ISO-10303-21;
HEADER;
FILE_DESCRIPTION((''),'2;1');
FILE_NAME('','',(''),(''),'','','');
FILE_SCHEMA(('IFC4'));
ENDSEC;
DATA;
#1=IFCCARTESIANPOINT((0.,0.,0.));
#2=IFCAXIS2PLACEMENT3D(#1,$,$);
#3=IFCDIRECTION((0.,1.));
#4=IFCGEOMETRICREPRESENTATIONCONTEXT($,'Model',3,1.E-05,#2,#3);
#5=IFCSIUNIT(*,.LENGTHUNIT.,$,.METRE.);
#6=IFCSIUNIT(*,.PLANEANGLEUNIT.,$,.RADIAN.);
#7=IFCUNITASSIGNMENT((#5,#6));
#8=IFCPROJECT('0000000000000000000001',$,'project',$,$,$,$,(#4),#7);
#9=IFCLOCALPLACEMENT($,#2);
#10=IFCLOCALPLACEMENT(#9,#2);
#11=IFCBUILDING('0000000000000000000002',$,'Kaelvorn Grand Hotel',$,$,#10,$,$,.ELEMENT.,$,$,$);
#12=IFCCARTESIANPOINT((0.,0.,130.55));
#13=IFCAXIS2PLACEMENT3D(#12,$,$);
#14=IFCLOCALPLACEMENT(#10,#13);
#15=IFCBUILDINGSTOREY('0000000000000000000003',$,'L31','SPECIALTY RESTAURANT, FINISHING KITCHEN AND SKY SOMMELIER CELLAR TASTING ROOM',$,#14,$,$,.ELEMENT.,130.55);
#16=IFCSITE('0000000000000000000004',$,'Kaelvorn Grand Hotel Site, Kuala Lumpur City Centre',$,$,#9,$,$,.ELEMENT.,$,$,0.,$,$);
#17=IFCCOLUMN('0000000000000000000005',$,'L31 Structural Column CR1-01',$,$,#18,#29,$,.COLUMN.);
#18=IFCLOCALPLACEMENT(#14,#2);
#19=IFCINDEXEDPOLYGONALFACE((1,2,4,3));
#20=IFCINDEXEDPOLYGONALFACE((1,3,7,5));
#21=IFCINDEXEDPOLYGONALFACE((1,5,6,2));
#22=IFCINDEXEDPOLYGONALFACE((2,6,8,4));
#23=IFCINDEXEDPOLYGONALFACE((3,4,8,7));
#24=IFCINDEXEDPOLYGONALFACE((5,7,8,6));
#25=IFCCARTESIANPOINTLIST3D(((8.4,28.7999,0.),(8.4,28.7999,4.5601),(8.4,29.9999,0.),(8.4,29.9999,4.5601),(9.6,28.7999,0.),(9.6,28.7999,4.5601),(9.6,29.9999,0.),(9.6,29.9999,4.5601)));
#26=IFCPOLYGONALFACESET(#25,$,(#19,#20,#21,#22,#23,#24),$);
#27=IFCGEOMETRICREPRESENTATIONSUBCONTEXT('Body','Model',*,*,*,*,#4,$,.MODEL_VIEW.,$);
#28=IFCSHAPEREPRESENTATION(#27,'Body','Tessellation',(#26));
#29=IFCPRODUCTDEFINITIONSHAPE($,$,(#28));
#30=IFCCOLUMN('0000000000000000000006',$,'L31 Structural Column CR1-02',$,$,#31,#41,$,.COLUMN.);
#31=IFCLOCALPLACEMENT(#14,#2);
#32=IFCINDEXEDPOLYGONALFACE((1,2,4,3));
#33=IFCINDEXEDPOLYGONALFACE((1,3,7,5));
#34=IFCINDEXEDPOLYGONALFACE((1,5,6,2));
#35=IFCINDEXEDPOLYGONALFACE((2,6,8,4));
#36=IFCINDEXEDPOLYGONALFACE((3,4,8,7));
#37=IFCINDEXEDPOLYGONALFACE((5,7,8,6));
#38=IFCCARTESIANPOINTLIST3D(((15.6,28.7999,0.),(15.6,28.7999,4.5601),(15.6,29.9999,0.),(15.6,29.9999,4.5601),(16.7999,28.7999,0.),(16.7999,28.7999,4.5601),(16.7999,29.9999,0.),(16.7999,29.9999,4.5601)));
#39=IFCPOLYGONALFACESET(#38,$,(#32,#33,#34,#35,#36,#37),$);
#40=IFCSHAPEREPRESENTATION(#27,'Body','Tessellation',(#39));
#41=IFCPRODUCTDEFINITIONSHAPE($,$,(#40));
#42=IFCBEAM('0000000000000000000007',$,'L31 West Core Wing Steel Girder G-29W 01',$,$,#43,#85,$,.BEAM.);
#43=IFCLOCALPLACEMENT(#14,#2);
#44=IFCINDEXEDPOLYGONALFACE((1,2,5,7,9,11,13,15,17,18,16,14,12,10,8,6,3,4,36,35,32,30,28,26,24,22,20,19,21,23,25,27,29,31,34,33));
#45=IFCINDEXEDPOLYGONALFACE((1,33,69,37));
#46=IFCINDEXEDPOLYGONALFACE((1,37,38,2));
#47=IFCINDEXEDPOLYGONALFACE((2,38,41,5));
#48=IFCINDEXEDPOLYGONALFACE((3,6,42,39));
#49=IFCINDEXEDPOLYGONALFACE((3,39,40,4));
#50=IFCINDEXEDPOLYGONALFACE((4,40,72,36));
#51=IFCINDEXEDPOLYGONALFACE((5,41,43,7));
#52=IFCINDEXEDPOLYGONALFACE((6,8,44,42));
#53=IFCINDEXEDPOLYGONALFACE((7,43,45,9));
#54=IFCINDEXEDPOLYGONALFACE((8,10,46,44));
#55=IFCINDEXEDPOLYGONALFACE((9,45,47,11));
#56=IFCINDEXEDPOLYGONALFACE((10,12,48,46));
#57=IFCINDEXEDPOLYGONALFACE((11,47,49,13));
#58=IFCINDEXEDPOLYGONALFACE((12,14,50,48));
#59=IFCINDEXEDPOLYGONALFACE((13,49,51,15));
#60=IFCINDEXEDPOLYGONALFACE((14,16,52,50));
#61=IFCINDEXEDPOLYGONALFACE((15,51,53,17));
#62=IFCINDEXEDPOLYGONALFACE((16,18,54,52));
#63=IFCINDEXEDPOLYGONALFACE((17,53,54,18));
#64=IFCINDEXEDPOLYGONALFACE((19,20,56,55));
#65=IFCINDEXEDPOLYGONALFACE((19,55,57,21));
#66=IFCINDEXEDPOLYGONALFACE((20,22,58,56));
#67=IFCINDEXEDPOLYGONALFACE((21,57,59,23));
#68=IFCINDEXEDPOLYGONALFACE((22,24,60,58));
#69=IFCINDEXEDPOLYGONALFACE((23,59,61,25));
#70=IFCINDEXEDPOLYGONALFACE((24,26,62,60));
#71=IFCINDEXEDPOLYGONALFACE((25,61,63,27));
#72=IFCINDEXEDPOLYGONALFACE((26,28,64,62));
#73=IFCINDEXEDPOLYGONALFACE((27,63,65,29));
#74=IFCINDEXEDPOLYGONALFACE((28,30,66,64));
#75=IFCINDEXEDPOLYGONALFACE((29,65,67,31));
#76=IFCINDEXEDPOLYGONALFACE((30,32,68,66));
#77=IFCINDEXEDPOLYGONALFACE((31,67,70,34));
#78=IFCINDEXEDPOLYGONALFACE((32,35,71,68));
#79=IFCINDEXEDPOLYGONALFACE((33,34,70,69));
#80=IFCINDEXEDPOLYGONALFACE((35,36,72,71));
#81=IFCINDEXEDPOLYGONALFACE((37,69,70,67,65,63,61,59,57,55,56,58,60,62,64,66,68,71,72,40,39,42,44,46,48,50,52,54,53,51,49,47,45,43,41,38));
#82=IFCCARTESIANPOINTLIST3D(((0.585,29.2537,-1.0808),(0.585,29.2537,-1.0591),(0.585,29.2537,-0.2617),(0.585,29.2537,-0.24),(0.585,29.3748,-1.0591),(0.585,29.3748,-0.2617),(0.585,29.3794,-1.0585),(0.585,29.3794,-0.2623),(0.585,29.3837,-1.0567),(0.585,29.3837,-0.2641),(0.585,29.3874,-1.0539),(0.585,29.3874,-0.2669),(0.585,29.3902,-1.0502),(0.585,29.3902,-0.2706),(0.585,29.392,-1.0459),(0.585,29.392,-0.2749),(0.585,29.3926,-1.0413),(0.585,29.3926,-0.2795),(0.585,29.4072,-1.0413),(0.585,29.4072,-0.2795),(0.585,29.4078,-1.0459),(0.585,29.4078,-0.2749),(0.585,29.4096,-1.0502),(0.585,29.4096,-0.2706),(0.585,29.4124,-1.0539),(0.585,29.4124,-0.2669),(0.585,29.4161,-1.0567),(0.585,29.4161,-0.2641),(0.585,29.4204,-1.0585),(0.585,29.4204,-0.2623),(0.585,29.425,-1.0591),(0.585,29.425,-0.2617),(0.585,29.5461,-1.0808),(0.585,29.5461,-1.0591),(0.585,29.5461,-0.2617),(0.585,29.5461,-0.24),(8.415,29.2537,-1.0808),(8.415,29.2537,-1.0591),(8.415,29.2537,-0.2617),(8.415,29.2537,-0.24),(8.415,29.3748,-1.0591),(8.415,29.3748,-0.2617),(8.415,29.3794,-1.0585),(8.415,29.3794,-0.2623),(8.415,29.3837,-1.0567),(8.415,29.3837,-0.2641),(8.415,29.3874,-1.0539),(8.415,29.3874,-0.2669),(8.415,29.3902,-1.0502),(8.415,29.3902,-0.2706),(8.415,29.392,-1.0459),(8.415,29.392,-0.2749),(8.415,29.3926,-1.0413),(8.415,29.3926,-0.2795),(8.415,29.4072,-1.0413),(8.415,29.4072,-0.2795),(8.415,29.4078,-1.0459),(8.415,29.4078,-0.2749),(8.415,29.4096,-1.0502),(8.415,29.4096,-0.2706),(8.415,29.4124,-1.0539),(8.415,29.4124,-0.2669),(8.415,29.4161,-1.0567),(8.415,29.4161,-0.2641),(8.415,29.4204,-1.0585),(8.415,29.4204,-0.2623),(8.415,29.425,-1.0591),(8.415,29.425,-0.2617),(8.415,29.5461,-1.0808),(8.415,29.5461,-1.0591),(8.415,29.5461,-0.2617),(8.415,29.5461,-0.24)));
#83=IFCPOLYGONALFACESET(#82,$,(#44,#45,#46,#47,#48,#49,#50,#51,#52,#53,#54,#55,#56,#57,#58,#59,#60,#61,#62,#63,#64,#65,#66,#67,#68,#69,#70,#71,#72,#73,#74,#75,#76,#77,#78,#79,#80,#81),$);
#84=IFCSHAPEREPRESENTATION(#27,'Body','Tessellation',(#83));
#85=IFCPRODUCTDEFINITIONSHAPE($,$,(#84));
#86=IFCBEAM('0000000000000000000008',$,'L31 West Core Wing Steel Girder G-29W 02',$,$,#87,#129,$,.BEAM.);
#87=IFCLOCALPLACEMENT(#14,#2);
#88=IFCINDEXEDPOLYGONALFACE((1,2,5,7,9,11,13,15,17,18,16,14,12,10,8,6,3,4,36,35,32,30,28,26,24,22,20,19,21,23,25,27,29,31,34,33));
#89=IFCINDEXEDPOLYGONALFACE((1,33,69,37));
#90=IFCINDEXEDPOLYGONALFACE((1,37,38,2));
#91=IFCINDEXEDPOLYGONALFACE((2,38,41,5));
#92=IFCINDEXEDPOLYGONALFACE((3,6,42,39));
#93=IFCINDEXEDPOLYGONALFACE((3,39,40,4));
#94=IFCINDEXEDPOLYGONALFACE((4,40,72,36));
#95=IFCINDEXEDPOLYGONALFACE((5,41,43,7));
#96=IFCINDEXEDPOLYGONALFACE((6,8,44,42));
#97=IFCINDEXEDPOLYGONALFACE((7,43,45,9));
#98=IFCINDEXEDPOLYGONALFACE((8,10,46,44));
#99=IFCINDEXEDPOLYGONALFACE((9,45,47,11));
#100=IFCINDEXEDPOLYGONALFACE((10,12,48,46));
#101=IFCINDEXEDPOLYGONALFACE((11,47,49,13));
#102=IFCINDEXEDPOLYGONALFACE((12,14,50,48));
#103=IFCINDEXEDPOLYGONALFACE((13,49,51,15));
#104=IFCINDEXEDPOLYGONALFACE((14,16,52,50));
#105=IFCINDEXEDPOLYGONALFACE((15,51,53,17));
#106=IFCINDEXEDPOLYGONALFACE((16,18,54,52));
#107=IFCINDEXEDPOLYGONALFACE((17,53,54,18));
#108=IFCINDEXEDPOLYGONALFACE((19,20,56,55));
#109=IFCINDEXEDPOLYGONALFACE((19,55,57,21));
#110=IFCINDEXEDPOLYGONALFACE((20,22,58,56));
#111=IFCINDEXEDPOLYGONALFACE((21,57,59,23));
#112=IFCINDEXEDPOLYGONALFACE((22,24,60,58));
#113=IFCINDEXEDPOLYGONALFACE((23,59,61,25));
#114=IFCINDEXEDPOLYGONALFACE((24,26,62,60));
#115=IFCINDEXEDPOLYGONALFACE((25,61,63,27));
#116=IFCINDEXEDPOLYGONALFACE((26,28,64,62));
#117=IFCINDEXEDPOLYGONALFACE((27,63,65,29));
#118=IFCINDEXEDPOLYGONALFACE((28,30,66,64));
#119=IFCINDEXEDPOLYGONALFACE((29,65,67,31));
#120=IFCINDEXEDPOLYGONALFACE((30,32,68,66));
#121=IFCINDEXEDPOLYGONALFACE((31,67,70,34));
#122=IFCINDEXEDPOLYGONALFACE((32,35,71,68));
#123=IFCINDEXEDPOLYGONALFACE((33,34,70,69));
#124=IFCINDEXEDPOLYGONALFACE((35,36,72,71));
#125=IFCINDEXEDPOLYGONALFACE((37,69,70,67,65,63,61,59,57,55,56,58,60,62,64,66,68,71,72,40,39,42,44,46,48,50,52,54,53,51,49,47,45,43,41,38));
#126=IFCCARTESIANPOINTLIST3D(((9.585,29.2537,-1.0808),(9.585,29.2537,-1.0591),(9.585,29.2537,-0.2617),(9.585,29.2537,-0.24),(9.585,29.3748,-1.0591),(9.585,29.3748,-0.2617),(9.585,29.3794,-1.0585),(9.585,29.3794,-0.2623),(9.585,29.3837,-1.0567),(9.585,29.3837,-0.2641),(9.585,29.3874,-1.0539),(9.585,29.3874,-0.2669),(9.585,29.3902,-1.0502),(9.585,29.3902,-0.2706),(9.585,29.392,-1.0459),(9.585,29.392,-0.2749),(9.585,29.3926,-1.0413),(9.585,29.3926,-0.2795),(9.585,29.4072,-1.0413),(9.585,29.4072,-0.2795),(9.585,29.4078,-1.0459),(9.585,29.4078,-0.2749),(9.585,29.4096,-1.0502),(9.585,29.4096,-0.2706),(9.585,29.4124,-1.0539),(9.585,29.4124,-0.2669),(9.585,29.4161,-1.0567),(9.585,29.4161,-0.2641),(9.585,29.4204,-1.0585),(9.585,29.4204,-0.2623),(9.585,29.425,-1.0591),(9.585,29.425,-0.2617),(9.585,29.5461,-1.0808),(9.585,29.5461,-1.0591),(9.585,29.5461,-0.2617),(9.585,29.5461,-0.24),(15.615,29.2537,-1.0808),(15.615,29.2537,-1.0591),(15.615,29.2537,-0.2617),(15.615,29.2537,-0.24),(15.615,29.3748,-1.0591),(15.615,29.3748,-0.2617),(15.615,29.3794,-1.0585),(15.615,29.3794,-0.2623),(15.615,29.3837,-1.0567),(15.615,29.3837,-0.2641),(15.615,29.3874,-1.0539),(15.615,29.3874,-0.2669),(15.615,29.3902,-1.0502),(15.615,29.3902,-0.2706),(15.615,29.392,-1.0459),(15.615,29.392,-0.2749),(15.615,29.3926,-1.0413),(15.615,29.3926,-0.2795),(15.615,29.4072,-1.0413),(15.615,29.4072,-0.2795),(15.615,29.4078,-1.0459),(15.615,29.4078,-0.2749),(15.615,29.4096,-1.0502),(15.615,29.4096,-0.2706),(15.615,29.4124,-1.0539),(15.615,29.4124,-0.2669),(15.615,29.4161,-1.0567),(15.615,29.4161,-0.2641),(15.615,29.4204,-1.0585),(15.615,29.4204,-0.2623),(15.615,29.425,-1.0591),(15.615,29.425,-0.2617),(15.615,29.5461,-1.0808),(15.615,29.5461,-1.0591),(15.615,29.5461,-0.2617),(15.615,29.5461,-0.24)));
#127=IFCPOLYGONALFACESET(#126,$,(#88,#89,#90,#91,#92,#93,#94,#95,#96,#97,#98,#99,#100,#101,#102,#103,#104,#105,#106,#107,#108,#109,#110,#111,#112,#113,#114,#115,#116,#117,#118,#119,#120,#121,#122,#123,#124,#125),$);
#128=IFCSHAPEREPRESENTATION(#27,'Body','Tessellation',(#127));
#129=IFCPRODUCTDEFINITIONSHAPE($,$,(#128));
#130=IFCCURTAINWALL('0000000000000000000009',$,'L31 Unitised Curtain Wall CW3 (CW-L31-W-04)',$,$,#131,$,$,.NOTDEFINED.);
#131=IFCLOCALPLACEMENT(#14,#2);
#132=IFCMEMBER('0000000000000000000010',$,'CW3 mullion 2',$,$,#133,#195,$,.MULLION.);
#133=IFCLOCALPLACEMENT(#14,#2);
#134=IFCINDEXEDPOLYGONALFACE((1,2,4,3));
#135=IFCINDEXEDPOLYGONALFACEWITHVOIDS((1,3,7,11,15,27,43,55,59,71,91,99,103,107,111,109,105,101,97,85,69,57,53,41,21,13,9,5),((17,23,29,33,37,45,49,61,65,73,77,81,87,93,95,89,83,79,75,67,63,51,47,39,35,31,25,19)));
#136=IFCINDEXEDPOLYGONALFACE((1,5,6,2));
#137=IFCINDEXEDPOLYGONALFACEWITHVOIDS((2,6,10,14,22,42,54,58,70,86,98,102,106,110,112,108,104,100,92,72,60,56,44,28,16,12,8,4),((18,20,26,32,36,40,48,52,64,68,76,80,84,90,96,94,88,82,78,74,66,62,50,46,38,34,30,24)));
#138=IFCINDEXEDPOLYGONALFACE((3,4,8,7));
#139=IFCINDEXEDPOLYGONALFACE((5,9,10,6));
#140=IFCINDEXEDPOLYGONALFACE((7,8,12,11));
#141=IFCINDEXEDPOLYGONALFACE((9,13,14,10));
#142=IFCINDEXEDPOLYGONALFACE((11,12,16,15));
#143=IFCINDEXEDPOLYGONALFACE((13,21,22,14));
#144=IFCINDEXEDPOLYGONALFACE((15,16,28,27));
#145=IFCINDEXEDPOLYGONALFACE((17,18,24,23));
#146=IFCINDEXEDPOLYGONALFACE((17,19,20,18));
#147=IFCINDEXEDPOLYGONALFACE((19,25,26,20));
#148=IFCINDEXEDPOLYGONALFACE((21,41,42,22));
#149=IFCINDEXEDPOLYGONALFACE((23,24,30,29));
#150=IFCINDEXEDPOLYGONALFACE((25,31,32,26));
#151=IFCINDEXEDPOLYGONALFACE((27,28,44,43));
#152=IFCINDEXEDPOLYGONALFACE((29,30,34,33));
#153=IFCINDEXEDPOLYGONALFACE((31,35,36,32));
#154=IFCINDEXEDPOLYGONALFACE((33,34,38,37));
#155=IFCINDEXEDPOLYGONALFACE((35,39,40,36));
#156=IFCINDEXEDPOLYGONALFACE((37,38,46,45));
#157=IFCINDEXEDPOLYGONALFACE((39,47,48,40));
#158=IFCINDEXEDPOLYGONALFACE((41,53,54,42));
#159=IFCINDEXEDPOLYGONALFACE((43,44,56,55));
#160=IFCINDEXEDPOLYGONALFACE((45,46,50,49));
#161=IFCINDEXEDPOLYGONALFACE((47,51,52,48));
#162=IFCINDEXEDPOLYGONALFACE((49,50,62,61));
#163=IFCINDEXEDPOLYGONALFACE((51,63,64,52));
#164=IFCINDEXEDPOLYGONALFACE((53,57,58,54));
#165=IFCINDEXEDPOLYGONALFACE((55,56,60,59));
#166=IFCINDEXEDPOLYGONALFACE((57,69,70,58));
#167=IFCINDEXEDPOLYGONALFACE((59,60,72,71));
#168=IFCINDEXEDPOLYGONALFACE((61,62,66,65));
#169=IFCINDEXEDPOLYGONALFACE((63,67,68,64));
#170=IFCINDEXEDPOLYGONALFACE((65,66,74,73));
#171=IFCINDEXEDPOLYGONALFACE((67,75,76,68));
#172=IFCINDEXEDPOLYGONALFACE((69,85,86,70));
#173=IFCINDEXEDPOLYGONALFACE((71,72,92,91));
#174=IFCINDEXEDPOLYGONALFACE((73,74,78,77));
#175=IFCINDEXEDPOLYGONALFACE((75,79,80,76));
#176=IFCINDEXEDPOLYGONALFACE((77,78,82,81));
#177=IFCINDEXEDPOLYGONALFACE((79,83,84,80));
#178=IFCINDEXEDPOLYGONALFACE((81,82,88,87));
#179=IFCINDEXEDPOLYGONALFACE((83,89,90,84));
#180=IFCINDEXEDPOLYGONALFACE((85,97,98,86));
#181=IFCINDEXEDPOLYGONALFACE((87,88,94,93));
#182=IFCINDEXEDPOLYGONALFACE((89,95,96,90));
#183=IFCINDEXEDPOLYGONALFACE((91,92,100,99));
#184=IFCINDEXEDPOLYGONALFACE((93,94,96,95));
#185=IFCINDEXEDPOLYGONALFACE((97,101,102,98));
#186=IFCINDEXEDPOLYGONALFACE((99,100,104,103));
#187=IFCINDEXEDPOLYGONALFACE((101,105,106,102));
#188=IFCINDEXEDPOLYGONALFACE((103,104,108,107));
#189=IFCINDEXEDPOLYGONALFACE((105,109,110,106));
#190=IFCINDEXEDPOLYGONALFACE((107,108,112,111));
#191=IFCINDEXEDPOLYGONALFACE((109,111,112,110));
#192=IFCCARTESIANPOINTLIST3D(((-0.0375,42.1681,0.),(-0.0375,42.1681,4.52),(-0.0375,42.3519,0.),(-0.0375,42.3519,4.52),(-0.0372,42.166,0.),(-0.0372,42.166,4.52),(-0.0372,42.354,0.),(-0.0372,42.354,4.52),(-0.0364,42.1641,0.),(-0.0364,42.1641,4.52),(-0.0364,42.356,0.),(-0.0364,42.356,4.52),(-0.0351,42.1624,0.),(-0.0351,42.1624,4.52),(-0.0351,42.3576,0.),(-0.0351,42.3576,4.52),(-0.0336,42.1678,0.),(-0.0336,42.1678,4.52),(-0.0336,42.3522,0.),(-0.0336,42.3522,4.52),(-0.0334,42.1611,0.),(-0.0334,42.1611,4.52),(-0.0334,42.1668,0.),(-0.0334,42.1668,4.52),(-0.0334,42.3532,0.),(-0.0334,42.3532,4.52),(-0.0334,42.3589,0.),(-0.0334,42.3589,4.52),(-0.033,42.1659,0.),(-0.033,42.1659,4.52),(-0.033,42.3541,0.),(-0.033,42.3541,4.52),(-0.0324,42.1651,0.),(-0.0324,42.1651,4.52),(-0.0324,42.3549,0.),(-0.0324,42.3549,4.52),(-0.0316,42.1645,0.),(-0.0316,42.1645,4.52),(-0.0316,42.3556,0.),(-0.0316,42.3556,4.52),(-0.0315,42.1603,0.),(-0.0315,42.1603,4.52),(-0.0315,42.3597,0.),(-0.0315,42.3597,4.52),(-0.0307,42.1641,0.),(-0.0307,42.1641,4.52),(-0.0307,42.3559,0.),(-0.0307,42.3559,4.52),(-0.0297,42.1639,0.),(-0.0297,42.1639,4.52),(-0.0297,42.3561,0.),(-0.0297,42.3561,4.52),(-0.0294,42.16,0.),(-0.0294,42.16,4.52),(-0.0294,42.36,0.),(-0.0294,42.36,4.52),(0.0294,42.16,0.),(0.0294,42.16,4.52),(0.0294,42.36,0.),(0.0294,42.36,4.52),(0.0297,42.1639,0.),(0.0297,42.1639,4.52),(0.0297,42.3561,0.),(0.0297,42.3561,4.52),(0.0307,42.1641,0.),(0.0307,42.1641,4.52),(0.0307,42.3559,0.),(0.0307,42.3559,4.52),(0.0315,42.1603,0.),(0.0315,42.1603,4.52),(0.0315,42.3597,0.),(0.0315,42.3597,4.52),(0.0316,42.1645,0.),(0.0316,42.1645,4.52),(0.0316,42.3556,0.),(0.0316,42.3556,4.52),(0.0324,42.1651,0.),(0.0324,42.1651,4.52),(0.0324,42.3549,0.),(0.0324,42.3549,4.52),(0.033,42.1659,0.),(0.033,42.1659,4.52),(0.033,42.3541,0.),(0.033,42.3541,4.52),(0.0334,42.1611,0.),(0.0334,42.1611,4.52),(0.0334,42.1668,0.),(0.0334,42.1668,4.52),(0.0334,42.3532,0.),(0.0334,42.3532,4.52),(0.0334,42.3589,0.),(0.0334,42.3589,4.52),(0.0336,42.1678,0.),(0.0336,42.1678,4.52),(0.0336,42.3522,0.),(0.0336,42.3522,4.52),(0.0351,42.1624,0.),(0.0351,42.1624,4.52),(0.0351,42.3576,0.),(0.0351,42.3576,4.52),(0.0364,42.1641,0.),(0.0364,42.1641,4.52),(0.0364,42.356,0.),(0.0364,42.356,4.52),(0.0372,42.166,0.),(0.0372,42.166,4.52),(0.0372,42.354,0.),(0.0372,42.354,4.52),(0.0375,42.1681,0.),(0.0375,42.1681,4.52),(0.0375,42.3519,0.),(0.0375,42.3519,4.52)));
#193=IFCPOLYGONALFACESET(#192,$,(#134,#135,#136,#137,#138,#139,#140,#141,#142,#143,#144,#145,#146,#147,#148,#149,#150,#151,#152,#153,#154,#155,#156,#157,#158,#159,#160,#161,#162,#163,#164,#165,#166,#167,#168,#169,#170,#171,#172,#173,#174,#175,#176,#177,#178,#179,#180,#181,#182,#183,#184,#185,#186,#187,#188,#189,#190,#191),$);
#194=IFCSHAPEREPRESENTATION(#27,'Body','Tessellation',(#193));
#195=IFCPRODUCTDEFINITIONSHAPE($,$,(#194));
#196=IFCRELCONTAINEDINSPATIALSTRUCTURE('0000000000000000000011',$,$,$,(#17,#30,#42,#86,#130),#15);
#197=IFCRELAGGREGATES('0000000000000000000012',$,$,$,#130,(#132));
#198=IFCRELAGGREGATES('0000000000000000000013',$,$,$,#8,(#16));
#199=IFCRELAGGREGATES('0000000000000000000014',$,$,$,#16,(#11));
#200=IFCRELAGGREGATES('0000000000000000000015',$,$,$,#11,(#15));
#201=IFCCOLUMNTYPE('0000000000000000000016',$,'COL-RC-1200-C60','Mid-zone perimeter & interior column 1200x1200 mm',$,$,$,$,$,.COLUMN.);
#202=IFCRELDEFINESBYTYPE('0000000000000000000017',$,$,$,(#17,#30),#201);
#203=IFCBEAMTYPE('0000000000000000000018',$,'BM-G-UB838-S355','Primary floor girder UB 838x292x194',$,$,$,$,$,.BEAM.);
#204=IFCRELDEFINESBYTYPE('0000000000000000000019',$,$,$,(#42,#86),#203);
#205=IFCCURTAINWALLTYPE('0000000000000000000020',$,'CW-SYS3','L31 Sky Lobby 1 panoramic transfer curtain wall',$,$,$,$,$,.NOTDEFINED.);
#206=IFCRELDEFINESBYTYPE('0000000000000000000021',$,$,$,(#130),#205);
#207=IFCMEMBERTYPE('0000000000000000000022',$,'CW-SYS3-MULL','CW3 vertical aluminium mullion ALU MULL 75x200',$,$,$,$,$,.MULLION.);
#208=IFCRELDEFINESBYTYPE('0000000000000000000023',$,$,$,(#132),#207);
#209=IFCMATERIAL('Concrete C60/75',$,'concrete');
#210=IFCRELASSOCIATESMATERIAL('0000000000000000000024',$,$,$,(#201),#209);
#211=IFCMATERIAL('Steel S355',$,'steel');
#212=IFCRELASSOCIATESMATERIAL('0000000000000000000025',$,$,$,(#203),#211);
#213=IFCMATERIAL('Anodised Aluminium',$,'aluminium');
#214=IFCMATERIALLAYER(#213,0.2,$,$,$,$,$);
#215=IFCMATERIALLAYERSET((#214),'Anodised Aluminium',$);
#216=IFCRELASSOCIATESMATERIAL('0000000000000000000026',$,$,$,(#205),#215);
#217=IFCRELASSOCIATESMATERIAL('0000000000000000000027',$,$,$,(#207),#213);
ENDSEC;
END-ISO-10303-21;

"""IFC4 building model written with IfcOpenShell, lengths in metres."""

from ifc_helpers import new_model, si_unit, direction, frame, origin, origin_2d, place, context, subcontext, project, spatial, rectangle, hollow_rectangle, i_section, extrude, material, layer, layer_set, material_profile, profile_set, type_object, element, aggregate, save


model = new_model("IFC4")

# Units and contexts
model_context = context("Model", 3, precision=1e-05, world=origin(), true_north=direction((0.0, 1.0)))
body_context = subcontext(model_context, "Body", "Model", "MODEL_VIEW")
ifc_project = project(units=[si_unit("LENGTHUNIT", "METRE"), si_unit("PLANEANGLEUNIT", "RADIAN")], contexts=[model_context])

# Site, building, storey
site_placement = place(None, origin())
site = spatial("IfcSite", under=ifc_project, at=site_placement, Name="Kaelvorn Grand Hotel Site, Kuala Lumpur City Centre", CompositionType="ELEMENT", RefElevation=0.0)
building_placement = place(site_placement, origin())
building = spatial("IfcBuilding", under=site, at=building_placement, Name="Kaelvorn Grand Hotel", CompositionType="ELEMENT")
storey_placement = place(building_placement, frame((0.0, 0.0, 130.55)))
storey = spatial("IfcBuildingStorey", under=building, at=storey_placement, Name="L31", Description="SPECIALTY RESTAURANT, FINISHING KITCHEN AND SKY SOMMELIER CELLAR TASTING ROOM", CompositionType="ELEMENT", Elevation=130.55)

# Columns
ifc_material_1 = material(Name="Concrete C60/75", Category="concrete")
ifc_material_profile_1 = material_profile(ifc_material_1, rectangle(XDim=1.2, YDim=1.2, at=origin_2d()), Name="RC COL 1200x1200")
ifc_profile_set_1 = profile_set([ifc_material_profile_1], Name="Concrete C60/75")
column_type = type_object("IfcColumnType", Name="COL-RC-1200-C60", Description="Mid-zone perimeter & interior column 1200x1200 mm", PredefinedType="COLUMN", material=ifc_profile_set_1)
for number, where, z_axis, x_axis, name in (
    (1, (9.0, 29.3999, 0.0), (0.0, 0.0, 1.0), (1.0, 0.0, 0.0), "L31 Structural Column CR1-01"),
    (2, (16.2, 29.3999, 0.0), (0.0, 0.0, 1.0), (1.0, 0.0, 0.0), "L31 Structural Column CR1-02"),
):
    element("IfcColumn", number, at=place(storey_placement, frame(where, z_axis=z_axis, x_axis=x_axis)), inside=storey, type_object=column_type, Name=name, PredefinedType="COLUMN", context=body_context, shape_type="SweptSolid", body=[
        extrude(rectangle(XDim=1.2, YDim=1.2, at=origin_2d()), origin(), (0.0, 0.0, 1.0), 4.5601),
    ])

# Beams
ifc_material_2 = material(Name="Steel S355", Category="steel")
ifc_material_profile_2 = material_profile(ifc_material_2, i_section(OverallWidth=0.2925, OverallDepth=0.8408, WebThickness=0.0146, FlangeThickness=0.0217, FilletRadius=0.0178, at=origin_2d()), Name="UB 838x292x194")
ifc_profile_set_2 = profile_set([ifc_material_profile_2], Name="Steel S355")
beam_type = type_object("IfcBeamType", Name="BM-G-UB838-S355", Description="Primary floor girder UB 838x292x194", PredefinedType="BEAM", material=ifc_profile_set_2)
beam_1_placement = place(storey_placement, frame((0.585, 29.3999, -0.6604), z_axis=(1.0, 0.0, 0.0), x_axis=(0.0, 1.0, 0.0)))
element("IfcBeam", 3, at=beam_1_placement, inside=storey, type_object=beam_type, Name="L31 West Core Wing Steel Girder G-29W 01", PredefinedType="BEAM", context=body_context, shape_type="SweptSolid", body=[
    extrude(i_section(OverallWidth=0.2925, OverallDepth=0.8408, WebThickness=0.0146, FlangeThickness=0.0217, FilletRadius=0.0178, at=origin_2d()), origin(), (0.0, 0.0, 1.0), 7.8301),
])
beam_2_placement = place(storey_placement, frame((9.585, 29.3999, -0.6604), z_axis=(1.0, 0.0, 0.0), x_axis=(0.0, 1.0, 0.0)))
element("IfcBeam", 4, at=beam_2_placement, inside=storey, type_object=beam_type, Name="L31 West Core Wing Steel Girder G-29W 02", PredefinedType="BEAM", context=body_context, shape_type="SweptSolid", body=[
    extrude(i_section(OverallWidth=0.2925, OverallDepth=0.8408, WebThickness=0.0146, FlangeThickness=0.0217, FilletRadius=0.0178, at=origin_2d()), origin(), (0.0, 0.0, 1.0), 6.03),
])

# Curtain wall, member
ifc_material_3 = material(Name="Anodised Aluminium", Category="aluminium")
ifc_layer_1 = layer(ifc_material_3, 0.2)
ifc_layer_set_1 = layer_set([ifc_layer_1], Name="Anodised Aluminium")
curtain_wall_type = type_object("IfcCurtainWallType", Name="CW-SYS3", Description="L31 Sky Lobby 1 panoramic transfer curtain wall", PredefinedType="NOTDEFINED", material=ifc_layer_set_1)
curtain_wall_placement = place(storey_placement, origin())
curtain_wall = element("IfcCurtainWall", 5, at=curtain_wall_placement, inside=storey, type_object=curtain_wall_type, Name="L31 Unitised Curtain Wall CW3 (CW-L31-W-04)", PredefinedType="NOTDEFINED")
ifc_material_profile_3 = material_profile(ifc_material_3, hollow_rectangle(XDim=0.075, YDim=0.2, WallThickness=0.0039, InnerFilletRadius=0.0039, OuterFilletRadius=0.0081, at=origin_2d()), Name="ALU MULL 75x200")
ifc_profile_set_3 = profile_set([ifc_material_profile_3], Name="Anodised Aluminium")
member_type = type_object("IfcMemberType", Name="CW-SYS3-MULL", Description="CW3 vertical aluminium mullion ALU MULL 75x200", PredefinedType="MULLION", material=ifc_profile_set_3)
member_placement = place(storey_placement, frame((0.0, 42.26, 0.0), z_axis=(0.0, 0.0, 1.0), x_axis=(1.0, 0.0, 0.0)))
member = element("IfcMember", 6, at=member_placement, type_object=member_type, Name="CW3 mullion 2", PredefinedType="MULLION", context=body_context, shape_type="SweptSolid", body=[
    extrude(hollow_rectangle(XDim=0.075, YDim=0.2, WallThickness=0.0039, InnerFilletRadius=0.0039, OuterFilletRadius=0.0081, at=origin_2d()), origin(), (0.0, 0.0, 1.0), 4.52),
])
aggregate(curtain_wall, [member])

save(model, "model.ifc")
